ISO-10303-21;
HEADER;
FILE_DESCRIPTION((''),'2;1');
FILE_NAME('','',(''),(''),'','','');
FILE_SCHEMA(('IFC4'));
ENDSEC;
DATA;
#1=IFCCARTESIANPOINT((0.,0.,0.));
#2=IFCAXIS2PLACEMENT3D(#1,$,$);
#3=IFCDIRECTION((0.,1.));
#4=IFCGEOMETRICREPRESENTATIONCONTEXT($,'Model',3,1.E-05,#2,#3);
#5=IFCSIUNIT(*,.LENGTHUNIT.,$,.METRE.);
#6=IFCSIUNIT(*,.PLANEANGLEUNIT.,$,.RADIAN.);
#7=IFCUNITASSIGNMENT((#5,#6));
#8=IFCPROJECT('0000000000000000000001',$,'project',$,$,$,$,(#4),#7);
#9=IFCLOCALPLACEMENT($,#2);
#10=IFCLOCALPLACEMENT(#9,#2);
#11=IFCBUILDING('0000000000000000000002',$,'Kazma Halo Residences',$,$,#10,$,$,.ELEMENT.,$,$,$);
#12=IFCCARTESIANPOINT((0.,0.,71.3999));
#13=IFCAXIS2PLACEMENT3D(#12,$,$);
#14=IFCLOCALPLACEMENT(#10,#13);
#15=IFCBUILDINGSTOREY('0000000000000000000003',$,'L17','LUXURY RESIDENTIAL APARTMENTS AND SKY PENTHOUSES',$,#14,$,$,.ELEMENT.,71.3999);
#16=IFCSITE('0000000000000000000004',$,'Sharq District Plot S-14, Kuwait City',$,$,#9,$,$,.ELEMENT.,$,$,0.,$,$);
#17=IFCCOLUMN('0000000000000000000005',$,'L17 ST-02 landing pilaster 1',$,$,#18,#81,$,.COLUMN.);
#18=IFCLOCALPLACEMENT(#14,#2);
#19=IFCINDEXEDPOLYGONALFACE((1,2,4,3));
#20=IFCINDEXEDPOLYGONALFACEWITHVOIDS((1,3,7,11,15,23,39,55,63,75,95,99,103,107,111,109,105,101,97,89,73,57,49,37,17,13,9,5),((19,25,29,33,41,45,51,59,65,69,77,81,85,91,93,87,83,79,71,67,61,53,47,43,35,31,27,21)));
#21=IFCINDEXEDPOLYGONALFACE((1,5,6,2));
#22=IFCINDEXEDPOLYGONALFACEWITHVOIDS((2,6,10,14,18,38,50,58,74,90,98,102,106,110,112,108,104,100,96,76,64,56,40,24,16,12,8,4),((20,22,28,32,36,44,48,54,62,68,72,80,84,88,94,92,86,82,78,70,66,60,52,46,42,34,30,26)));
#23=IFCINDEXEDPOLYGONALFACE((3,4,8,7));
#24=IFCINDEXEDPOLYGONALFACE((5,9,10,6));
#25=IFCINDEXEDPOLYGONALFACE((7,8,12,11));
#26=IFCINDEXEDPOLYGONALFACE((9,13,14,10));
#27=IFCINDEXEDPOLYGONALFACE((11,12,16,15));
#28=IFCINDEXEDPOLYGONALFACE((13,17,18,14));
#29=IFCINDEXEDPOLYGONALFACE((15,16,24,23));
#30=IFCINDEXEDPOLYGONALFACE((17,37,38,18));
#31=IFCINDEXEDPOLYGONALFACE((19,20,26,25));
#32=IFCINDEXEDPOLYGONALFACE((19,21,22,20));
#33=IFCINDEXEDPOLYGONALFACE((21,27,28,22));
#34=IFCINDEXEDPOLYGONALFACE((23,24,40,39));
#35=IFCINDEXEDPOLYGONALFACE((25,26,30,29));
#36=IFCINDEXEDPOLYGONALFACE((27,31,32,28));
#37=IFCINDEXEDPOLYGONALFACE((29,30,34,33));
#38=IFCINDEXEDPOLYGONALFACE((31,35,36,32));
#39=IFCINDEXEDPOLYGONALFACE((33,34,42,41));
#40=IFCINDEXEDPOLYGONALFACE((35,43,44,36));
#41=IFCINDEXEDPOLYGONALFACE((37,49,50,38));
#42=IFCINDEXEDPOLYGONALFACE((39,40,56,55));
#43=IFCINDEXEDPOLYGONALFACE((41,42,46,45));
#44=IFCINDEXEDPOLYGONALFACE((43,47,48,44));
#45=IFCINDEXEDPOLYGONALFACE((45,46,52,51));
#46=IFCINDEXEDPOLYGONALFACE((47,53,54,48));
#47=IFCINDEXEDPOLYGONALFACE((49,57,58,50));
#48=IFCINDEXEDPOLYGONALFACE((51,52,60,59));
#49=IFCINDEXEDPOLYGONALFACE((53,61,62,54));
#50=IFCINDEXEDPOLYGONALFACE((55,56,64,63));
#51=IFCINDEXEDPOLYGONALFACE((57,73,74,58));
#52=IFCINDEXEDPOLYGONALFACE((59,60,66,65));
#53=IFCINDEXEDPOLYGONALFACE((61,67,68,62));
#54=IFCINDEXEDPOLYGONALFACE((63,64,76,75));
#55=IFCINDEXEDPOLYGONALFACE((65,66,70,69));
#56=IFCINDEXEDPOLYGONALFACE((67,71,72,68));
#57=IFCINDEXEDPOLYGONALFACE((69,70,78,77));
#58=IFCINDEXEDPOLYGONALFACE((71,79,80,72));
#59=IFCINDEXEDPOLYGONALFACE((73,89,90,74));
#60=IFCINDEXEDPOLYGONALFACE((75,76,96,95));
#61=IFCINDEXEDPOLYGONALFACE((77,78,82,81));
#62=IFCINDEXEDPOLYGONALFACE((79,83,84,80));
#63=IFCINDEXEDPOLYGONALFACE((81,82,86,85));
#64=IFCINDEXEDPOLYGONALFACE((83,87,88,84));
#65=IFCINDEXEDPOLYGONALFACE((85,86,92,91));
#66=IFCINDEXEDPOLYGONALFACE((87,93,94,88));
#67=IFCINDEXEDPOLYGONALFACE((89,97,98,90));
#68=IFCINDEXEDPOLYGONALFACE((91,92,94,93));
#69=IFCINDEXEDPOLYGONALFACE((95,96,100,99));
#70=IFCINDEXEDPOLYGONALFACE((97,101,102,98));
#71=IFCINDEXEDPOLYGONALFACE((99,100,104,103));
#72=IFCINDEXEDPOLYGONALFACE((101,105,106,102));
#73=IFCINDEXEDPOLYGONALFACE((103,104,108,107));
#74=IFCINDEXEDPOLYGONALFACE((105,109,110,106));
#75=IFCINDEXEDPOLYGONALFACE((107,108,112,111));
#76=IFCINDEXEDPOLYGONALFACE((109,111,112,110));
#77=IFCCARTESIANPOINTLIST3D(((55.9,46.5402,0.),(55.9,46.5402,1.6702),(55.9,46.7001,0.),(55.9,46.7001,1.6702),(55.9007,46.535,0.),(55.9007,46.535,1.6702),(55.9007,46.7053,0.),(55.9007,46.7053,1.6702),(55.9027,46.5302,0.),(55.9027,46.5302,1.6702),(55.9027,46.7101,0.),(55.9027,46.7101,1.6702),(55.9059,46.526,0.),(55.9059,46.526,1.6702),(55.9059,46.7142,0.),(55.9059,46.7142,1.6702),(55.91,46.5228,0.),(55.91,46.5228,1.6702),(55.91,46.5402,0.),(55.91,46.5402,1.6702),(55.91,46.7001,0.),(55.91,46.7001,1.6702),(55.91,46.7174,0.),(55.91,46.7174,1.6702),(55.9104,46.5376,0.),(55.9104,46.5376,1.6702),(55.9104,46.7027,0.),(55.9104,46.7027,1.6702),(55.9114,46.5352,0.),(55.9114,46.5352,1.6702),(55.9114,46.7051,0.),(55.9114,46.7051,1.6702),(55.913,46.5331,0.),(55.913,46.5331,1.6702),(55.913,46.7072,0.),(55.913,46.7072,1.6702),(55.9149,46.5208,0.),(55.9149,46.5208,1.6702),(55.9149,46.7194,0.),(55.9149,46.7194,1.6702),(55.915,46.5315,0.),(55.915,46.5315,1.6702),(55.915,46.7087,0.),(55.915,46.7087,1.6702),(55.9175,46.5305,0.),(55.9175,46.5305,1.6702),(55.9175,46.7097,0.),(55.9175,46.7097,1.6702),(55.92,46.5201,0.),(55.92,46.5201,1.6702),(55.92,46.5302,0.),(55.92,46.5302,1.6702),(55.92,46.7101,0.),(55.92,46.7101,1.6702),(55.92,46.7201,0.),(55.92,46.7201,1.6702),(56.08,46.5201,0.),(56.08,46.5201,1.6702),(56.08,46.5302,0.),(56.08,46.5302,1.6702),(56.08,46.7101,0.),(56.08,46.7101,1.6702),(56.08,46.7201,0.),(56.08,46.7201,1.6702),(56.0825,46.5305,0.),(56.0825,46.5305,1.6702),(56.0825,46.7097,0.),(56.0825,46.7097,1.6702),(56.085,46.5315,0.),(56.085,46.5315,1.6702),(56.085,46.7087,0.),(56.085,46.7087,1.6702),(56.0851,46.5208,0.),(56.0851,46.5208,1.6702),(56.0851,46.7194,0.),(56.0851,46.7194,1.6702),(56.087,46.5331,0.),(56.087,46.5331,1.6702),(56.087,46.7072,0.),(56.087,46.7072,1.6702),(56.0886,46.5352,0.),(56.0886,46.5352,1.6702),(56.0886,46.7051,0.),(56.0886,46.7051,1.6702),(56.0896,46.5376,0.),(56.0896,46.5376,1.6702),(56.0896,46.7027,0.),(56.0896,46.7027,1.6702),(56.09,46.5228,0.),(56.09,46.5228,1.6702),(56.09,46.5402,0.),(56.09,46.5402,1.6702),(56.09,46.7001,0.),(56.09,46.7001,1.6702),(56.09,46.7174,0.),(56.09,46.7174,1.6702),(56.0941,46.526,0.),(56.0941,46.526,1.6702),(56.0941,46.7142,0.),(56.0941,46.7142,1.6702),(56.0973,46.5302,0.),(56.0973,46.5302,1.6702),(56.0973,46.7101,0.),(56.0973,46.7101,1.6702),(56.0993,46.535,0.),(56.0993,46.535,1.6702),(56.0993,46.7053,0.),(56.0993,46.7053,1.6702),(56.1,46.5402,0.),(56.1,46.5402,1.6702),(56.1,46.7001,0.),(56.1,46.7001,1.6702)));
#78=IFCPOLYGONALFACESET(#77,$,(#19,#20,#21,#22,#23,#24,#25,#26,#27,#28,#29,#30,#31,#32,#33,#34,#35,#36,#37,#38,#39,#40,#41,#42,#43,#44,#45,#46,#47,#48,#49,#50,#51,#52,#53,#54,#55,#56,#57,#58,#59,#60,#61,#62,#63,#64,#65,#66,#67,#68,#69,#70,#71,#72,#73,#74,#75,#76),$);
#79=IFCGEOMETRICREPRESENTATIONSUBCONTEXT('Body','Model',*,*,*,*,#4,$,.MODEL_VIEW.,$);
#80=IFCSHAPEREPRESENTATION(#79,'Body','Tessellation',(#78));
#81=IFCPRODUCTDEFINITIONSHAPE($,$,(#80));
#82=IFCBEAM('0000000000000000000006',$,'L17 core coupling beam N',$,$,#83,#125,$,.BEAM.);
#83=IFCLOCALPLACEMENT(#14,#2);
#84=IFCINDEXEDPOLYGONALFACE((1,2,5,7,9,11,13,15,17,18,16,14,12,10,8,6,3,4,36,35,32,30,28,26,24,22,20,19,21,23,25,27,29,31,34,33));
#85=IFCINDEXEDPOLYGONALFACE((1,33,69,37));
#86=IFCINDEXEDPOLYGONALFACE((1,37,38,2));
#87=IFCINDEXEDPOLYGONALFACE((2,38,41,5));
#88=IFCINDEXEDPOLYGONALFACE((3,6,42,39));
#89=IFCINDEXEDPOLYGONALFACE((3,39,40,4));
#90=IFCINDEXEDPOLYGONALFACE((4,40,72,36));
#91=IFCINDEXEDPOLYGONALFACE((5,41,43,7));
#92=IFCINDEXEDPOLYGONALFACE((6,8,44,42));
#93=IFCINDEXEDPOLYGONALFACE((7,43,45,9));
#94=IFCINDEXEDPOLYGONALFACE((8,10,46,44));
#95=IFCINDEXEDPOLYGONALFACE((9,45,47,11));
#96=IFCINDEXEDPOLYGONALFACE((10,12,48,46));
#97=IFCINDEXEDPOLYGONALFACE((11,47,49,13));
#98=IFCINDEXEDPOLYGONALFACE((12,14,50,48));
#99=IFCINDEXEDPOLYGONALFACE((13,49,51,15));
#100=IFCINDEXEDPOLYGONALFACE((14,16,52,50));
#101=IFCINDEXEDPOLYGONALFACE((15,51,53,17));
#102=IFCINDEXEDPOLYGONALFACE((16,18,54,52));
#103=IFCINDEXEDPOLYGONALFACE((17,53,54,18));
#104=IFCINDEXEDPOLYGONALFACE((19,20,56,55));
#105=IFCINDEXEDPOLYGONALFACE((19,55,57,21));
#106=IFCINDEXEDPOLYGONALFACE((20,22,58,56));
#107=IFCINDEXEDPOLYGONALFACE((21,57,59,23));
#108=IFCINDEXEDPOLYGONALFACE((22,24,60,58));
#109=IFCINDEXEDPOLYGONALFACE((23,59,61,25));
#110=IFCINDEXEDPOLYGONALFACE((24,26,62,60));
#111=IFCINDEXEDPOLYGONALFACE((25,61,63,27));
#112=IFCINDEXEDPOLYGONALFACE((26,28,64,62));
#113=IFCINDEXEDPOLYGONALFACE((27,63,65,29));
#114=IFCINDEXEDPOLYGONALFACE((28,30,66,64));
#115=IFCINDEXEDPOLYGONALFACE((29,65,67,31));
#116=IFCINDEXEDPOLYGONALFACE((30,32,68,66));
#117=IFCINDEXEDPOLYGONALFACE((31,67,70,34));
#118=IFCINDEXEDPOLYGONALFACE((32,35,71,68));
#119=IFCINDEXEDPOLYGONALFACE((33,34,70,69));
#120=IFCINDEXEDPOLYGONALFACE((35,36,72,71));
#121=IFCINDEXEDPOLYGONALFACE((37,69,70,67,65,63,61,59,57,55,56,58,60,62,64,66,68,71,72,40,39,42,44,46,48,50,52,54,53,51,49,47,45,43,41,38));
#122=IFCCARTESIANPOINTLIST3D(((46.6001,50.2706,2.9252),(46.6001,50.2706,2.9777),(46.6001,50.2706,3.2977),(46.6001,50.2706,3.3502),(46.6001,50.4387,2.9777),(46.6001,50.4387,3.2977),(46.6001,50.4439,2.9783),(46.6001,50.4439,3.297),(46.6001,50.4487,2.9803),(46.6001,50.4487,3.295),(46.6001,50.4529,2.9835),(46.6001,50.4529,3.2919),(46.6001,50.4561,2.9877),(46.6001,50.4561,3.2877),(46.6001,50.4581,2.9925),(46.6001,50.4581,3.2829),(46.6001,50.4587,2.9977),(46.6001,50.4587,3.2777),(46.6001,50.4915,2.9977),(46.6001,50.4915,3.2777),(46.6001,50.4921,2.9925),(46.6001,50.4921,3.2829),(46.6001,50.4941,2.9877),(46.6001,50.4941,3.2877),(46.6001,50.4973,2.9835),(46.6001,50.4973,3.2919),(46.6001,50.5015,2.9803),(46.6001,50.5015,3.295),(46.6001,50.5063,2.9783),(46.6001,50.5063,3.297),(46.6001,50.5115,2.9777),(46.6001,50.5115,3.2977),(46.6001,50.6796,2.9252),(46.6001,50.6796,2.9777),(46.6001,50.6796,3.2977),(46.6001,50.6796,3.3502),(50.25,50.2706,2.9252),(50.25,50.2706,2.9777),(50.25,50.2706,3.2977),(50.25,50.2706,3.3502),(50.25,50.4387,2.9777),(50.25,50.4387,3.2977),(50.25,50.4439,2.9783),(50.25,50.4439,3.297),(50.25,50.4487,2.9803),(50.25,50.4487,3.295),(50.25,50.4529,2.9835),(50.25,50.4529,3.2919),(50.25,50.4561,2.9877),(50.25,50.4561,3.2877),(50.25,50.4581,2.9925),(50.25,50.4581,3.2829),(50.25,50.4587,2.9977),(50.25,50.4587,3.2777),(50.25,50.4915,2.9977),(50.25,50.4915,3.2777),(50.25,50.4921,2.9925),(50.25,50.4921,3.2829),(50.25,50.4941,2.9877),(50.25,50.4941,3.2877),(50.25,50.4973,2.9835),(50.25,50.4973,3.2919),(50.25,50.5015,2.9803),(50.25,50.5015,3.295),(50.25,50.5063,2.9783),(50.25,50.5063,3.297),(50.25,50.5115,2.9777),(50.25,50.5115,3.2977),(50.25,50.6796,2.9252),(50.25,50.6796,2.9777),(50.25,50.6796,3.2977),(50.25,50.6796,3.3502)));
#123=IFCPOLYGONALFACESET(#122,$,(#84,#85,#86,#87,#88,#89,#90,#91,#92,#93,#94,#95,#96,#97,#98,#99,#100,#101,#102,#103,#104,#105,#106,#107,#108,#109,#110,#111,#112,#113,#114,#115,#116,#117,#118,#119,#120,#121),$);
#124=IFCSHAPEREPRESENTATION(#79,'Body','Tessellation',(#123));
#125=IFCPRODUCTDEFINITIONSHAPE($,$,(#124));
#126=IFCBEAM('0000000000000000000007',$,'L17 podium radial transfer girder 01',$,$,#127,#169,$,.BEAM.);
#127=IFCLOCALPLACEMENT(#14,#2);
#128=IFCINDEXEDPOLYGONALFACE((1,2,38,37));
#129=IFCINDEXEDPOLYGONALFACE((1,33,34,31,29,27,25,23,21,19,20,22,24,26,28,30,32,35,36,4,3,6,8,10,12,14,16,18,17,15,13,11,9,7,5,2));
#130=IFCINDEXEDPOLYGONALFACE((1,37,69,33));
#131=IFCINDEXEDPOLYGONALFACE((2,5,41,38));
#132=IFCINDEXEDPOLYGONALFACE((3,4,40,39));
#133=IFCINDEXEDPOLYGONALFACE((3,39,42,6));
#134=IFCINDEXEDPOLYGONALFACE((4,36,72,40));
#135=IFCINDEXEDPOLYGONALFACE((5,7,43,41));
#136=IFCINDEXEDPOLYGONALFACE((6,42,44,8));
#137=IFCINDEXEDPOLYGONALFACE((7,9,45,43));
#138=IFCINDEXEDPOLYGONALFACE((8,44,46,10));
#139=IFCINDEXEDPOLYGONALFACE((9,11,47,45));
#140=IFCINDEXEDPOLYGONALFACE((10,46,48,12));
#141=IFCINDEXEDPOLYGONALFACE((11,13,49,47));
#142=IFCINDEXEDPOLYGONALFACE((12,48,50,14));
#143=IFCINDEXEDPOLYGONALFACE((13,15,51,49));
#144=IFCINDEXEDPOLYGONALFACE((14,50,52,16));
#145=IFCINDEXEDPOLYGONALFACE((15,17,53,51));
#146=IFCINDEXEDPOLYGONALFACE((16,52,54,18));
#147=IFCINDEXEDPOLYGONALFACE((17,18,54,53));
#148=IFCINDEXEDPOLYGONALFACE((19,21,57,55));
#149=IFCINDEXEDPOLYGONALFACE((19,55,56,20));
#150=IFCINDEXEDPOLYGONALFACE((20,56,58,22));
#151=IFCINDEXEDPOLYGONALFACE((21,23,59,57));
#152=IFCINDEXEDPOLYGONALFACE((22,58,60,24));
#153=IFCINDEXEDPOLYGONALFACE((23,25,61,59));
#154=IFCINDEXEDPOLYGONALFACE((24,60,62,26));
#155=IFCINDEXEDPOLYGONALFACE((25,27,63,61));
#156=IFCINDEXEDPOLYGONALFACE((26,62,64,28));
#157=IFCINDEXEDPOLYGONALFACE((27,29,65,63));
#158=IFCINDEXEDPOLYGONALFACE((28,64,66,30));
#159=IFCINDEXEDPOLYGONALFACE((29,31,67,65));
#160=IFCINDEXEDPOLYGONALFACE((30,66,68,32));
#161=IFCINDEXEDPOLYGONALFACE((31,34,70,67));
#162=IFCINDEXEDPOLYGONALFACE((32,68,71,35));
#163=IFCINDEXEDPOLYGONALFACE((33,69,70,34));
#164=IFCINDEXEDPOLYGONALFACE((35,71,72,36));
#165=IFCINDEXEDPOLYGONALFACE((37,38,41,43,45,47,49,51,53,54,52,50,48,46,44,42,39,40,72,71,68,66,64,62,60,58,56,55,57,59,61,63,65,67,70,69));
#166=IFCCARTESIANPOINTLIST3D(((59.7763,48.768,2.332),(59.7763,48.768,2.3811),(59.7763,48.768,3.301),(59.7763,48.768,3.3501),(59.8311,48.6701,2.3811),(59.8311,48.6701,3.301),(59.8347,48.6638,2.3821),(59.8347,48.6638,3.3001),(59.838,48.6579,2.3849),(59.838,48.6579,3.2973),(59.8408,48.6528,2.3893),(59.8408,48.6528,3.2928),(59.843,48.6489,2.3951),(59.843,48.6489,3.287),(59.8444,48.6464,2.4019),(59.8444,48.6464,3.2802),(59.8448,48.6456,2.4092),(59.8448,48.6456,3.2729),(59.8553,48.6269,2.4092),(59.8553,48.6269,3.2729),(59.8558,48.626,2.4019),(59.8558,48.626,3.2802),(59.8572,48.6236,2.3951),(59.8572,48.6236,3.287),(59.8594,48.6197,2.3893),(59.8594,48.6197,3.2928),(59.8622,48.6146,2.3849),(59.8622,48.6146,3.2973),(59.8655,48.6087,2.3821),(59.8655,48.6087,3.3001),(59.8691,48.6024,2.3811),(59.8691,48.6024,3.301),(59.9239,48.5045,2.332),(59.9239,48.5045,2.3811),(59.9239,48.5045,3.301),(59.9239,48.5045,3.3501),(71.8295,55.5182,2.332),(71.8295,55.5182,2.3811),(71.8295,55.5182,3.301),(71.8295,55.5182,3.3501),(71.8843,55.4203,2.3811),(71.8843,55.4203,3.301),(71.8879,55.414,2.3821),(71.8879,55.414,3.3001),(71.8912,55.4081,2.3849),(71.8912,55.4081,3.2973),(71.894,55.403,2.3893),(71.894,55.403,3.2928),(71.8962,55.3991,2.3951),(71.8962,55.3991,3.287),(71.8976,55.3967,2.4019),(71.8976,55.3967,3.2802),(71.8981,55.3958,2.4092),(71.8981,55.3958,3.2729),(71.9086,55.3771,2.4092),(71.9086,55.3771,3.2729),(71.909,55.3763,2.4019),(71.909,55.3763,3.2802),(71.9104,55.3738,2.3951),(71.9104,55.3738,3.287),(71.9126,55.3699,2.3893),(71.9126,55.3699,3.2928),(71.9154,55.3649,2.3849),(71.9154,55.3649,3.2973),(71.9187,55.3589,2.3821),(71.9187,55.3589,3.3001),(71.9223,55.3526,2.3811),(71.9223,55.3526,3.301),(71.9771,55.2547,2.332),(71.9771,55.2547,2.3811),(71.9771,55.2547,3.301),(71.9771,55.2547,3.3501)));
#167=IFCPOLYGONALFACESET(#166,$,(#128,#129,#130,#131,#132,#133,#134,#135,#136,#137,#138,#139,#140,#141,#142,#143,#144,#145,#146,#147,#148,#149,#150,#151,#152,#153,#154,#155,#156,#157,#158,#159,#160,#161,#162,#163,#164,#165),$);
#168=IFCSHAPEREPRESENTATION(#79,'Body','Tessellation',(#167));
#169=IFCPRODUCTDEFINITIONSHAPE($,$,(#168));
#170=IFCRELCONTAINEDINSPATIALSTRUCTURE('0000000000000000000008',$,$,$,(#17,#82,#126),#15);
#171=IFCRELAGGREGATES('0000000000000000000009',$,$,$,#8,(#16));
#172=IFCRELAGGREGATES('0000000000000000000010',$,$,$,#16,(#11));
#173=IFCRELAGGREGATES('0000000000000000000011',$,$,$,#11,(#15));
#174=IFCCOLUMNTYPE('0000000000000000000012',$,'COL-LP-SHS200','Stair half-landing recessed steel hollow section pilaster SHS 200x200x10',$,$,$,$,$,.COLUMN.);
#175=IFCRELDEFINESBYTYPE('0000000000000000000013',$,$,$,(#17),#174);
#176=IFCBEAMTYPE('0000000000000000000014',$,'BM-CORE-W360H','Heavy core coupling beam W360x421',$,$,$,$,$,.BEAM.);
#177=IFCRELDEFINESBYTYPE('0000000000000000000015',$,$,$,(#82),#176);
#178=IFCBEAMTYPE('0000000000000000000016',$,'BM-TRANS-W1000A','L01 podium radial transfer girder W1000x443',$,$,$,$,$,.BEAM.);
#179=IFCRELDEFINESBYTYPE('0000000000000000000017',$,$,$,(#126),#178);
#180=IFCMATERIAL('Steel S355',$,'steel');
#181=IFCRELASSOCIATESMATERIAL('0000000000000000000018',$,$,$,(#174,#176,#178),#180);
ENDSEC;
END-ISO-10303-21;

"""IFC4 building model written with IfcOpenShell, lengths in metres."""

from ifc_helpers import new_model, si_unit, direction, frame, origin, origin_2d, place, context, subcontext, project, spatial, hollow_rectangle, i_section, extrude, material, material_profile, profile_set, type_object, element, save


model = new_model("IFC4")

# Units and contexts
model_context = context("Model", 3, precision=1e-05, world=origin(), true_north=direction((0.0, 1.0)))
body_context = subcontext(model_context, "Body", "Model", "MODEL_VIEW")
ifc_project = project(units=[si_unit("LENGTHUNIT", "METRE"), si_unit("PLANEANGLEUNIT", "RADIAN")], contexts=[model_context])

# Site, building, storey
site_placement = place(None, origin())
site = spatial("IfcSite", under=ifc_project, at=site_placement, Name="Sharq District Plot S-14, Kuwait City", CompositionType="ELEMENT", RefElevation=0.0)
building_placement = place(site_placement, origin())
building = spatial("IfcBuilding", under=site, at=building_placement, Name="Kazma Halo Residences", CompositionType="ELEMENT")
storey_placement = place(building_placement, frame((0.0, 0.0, 71.3999)))
storey = spatial("IfcBuildingStorey", under=building, at=storey_placement, Name="L17", Description="LUXURY RESIDENTIAL APARTMENTS AND SKY PENTHOUSES", CompositionType="ELEMENT", Elevation=71.3999)

# Column
ifc_material_1 = material(Name="Steel S355", Category="steel")
ifc_material_profile_1 = material_profile(ifc_material_1, hollow_rectangle(XDim=0.2, YDim=0.2, WallThickness=0.01, InnerFilletRadius=0.01, OuterFilletRadius=0.02, at=origin_2d()), Name="SHS200x200x10")
ifc_profile_set_1 = profile_set([ifc_material_profile_1], Name="Steel S355")
column_type = type_object("IfcColumnType", Name="COL-LP-SHS200", Description="Stair half-landing recessed steel hollow section pilaster SHS 200x200x10", PredefinedType="COLUMN", material=ifc_profile_set_1)
column_placement = place(storey_placement, frame((56.0, 46.6201, 0.0), z_axis=(0.0, 0.0, 1.0), x_axis=(1.0, 0.0, 0.0)))
element("IfcColumn", 1, at=column_placement, inside=storey, type_object=column_type, Name="L17 ST-02 landing pilaster 1", PredefinedType="COLUMN", context=body_context, shape_type="SweptSolid", body=[
    extrude(hollow_rectangle(XDim=0.2, YDim=0.2, WallThickness=0.01, InnerFilletRadius=0.01, OuterFilletRadius=0.02, at=origin_2d()), origin(), (0.0, 0.0, 1.0), 1.6702),
])

# Beams
ifc_material_profile_2 = material_profile(ifc_material_1, i_section(OverallWidth=0.4089, OverallDepth=0.425, WebThickness=0.0327, FlangeThickness=0.0525, FilletRadius=0.02, at=origin_2d()), Name="W360x421")
ifc_profile_set_2 = profile_set([ifc_material_profile_2], Name="Steel S355")
beam_type_1 = type_object("IfcBeamType", Name="BM-CORE-W360H", Description="Heavy core coupling beam W360x421", PredefinedType="BEAM", material=ifc_profile_set_2)
beam_1_placement = place(storey_placement, frame((46.6001, 50.4751, 3.1377), z_axis=(1.0, 0.0, 0.0), x_axis=(0.0, 1.0, 0.0)))
element("IfcBeam", 2, at=beam_1_placement, inside=storey, type_object=beam_type_1, Name="L17 core coupling beam N", PredefinedType="BEAM", context=body_context, shape_type="SweptSolid", body=[
    extrude(i_section(OverallWidth=0.4089, OverallDepth=0.425, WebThickness=0.0327, FlangeThickness=0.0525, FilletRadius=0.02, at=origin_2d()), origin(), (0.0, 0.0, 1.0), 3.6499),
])
ifc_material_profile_3 = material_profile(ifc_material_1, i_section(OverallWidth=0.302, OverallDepth=1.0181, WebThickness=0.0215, FlangeThickness=0.0491, FilletRadius=0.0281, at=origin_2d()), Name="W1000x443")
ifc_profile_set_3 = profile_set([ifc_material_profile_3], Name="Steel S355")
beam_type_2 = type_object("IfcBeamType", Name="BM-TRANS-W1000A", Description="L01 podium radial transfer girder W1000x443", PredefinedType="BEAM", material=ifc_profile_set_3)
beam_2_placement = place(storey_placement, frame((59.8501, 48.6362, 2.8411), z_axis=(0.872492, 0.488628, 0.0), x_axis=(-0.488628, 0.872492, 0.0)))
element("IfcBeam", 3, at=beam_2_placement, inside=storey, type_object=beam_type_2, Name="L17 podium radial transfer girder 01", PredefinedType="BEAM", context=body_context, shape_type="SweptSolid", body=[
    extrude(i_section(OverallWidth=0.302, OverallDepth=1.0181, WebThickness=0.0215, FlangeThickness=0.0491, FilletRadius=0.0281, at=origin_2d()), origin(), (0.0, 0.0, 1.0), 13.8147),
])

save(model, "model.ifc")
